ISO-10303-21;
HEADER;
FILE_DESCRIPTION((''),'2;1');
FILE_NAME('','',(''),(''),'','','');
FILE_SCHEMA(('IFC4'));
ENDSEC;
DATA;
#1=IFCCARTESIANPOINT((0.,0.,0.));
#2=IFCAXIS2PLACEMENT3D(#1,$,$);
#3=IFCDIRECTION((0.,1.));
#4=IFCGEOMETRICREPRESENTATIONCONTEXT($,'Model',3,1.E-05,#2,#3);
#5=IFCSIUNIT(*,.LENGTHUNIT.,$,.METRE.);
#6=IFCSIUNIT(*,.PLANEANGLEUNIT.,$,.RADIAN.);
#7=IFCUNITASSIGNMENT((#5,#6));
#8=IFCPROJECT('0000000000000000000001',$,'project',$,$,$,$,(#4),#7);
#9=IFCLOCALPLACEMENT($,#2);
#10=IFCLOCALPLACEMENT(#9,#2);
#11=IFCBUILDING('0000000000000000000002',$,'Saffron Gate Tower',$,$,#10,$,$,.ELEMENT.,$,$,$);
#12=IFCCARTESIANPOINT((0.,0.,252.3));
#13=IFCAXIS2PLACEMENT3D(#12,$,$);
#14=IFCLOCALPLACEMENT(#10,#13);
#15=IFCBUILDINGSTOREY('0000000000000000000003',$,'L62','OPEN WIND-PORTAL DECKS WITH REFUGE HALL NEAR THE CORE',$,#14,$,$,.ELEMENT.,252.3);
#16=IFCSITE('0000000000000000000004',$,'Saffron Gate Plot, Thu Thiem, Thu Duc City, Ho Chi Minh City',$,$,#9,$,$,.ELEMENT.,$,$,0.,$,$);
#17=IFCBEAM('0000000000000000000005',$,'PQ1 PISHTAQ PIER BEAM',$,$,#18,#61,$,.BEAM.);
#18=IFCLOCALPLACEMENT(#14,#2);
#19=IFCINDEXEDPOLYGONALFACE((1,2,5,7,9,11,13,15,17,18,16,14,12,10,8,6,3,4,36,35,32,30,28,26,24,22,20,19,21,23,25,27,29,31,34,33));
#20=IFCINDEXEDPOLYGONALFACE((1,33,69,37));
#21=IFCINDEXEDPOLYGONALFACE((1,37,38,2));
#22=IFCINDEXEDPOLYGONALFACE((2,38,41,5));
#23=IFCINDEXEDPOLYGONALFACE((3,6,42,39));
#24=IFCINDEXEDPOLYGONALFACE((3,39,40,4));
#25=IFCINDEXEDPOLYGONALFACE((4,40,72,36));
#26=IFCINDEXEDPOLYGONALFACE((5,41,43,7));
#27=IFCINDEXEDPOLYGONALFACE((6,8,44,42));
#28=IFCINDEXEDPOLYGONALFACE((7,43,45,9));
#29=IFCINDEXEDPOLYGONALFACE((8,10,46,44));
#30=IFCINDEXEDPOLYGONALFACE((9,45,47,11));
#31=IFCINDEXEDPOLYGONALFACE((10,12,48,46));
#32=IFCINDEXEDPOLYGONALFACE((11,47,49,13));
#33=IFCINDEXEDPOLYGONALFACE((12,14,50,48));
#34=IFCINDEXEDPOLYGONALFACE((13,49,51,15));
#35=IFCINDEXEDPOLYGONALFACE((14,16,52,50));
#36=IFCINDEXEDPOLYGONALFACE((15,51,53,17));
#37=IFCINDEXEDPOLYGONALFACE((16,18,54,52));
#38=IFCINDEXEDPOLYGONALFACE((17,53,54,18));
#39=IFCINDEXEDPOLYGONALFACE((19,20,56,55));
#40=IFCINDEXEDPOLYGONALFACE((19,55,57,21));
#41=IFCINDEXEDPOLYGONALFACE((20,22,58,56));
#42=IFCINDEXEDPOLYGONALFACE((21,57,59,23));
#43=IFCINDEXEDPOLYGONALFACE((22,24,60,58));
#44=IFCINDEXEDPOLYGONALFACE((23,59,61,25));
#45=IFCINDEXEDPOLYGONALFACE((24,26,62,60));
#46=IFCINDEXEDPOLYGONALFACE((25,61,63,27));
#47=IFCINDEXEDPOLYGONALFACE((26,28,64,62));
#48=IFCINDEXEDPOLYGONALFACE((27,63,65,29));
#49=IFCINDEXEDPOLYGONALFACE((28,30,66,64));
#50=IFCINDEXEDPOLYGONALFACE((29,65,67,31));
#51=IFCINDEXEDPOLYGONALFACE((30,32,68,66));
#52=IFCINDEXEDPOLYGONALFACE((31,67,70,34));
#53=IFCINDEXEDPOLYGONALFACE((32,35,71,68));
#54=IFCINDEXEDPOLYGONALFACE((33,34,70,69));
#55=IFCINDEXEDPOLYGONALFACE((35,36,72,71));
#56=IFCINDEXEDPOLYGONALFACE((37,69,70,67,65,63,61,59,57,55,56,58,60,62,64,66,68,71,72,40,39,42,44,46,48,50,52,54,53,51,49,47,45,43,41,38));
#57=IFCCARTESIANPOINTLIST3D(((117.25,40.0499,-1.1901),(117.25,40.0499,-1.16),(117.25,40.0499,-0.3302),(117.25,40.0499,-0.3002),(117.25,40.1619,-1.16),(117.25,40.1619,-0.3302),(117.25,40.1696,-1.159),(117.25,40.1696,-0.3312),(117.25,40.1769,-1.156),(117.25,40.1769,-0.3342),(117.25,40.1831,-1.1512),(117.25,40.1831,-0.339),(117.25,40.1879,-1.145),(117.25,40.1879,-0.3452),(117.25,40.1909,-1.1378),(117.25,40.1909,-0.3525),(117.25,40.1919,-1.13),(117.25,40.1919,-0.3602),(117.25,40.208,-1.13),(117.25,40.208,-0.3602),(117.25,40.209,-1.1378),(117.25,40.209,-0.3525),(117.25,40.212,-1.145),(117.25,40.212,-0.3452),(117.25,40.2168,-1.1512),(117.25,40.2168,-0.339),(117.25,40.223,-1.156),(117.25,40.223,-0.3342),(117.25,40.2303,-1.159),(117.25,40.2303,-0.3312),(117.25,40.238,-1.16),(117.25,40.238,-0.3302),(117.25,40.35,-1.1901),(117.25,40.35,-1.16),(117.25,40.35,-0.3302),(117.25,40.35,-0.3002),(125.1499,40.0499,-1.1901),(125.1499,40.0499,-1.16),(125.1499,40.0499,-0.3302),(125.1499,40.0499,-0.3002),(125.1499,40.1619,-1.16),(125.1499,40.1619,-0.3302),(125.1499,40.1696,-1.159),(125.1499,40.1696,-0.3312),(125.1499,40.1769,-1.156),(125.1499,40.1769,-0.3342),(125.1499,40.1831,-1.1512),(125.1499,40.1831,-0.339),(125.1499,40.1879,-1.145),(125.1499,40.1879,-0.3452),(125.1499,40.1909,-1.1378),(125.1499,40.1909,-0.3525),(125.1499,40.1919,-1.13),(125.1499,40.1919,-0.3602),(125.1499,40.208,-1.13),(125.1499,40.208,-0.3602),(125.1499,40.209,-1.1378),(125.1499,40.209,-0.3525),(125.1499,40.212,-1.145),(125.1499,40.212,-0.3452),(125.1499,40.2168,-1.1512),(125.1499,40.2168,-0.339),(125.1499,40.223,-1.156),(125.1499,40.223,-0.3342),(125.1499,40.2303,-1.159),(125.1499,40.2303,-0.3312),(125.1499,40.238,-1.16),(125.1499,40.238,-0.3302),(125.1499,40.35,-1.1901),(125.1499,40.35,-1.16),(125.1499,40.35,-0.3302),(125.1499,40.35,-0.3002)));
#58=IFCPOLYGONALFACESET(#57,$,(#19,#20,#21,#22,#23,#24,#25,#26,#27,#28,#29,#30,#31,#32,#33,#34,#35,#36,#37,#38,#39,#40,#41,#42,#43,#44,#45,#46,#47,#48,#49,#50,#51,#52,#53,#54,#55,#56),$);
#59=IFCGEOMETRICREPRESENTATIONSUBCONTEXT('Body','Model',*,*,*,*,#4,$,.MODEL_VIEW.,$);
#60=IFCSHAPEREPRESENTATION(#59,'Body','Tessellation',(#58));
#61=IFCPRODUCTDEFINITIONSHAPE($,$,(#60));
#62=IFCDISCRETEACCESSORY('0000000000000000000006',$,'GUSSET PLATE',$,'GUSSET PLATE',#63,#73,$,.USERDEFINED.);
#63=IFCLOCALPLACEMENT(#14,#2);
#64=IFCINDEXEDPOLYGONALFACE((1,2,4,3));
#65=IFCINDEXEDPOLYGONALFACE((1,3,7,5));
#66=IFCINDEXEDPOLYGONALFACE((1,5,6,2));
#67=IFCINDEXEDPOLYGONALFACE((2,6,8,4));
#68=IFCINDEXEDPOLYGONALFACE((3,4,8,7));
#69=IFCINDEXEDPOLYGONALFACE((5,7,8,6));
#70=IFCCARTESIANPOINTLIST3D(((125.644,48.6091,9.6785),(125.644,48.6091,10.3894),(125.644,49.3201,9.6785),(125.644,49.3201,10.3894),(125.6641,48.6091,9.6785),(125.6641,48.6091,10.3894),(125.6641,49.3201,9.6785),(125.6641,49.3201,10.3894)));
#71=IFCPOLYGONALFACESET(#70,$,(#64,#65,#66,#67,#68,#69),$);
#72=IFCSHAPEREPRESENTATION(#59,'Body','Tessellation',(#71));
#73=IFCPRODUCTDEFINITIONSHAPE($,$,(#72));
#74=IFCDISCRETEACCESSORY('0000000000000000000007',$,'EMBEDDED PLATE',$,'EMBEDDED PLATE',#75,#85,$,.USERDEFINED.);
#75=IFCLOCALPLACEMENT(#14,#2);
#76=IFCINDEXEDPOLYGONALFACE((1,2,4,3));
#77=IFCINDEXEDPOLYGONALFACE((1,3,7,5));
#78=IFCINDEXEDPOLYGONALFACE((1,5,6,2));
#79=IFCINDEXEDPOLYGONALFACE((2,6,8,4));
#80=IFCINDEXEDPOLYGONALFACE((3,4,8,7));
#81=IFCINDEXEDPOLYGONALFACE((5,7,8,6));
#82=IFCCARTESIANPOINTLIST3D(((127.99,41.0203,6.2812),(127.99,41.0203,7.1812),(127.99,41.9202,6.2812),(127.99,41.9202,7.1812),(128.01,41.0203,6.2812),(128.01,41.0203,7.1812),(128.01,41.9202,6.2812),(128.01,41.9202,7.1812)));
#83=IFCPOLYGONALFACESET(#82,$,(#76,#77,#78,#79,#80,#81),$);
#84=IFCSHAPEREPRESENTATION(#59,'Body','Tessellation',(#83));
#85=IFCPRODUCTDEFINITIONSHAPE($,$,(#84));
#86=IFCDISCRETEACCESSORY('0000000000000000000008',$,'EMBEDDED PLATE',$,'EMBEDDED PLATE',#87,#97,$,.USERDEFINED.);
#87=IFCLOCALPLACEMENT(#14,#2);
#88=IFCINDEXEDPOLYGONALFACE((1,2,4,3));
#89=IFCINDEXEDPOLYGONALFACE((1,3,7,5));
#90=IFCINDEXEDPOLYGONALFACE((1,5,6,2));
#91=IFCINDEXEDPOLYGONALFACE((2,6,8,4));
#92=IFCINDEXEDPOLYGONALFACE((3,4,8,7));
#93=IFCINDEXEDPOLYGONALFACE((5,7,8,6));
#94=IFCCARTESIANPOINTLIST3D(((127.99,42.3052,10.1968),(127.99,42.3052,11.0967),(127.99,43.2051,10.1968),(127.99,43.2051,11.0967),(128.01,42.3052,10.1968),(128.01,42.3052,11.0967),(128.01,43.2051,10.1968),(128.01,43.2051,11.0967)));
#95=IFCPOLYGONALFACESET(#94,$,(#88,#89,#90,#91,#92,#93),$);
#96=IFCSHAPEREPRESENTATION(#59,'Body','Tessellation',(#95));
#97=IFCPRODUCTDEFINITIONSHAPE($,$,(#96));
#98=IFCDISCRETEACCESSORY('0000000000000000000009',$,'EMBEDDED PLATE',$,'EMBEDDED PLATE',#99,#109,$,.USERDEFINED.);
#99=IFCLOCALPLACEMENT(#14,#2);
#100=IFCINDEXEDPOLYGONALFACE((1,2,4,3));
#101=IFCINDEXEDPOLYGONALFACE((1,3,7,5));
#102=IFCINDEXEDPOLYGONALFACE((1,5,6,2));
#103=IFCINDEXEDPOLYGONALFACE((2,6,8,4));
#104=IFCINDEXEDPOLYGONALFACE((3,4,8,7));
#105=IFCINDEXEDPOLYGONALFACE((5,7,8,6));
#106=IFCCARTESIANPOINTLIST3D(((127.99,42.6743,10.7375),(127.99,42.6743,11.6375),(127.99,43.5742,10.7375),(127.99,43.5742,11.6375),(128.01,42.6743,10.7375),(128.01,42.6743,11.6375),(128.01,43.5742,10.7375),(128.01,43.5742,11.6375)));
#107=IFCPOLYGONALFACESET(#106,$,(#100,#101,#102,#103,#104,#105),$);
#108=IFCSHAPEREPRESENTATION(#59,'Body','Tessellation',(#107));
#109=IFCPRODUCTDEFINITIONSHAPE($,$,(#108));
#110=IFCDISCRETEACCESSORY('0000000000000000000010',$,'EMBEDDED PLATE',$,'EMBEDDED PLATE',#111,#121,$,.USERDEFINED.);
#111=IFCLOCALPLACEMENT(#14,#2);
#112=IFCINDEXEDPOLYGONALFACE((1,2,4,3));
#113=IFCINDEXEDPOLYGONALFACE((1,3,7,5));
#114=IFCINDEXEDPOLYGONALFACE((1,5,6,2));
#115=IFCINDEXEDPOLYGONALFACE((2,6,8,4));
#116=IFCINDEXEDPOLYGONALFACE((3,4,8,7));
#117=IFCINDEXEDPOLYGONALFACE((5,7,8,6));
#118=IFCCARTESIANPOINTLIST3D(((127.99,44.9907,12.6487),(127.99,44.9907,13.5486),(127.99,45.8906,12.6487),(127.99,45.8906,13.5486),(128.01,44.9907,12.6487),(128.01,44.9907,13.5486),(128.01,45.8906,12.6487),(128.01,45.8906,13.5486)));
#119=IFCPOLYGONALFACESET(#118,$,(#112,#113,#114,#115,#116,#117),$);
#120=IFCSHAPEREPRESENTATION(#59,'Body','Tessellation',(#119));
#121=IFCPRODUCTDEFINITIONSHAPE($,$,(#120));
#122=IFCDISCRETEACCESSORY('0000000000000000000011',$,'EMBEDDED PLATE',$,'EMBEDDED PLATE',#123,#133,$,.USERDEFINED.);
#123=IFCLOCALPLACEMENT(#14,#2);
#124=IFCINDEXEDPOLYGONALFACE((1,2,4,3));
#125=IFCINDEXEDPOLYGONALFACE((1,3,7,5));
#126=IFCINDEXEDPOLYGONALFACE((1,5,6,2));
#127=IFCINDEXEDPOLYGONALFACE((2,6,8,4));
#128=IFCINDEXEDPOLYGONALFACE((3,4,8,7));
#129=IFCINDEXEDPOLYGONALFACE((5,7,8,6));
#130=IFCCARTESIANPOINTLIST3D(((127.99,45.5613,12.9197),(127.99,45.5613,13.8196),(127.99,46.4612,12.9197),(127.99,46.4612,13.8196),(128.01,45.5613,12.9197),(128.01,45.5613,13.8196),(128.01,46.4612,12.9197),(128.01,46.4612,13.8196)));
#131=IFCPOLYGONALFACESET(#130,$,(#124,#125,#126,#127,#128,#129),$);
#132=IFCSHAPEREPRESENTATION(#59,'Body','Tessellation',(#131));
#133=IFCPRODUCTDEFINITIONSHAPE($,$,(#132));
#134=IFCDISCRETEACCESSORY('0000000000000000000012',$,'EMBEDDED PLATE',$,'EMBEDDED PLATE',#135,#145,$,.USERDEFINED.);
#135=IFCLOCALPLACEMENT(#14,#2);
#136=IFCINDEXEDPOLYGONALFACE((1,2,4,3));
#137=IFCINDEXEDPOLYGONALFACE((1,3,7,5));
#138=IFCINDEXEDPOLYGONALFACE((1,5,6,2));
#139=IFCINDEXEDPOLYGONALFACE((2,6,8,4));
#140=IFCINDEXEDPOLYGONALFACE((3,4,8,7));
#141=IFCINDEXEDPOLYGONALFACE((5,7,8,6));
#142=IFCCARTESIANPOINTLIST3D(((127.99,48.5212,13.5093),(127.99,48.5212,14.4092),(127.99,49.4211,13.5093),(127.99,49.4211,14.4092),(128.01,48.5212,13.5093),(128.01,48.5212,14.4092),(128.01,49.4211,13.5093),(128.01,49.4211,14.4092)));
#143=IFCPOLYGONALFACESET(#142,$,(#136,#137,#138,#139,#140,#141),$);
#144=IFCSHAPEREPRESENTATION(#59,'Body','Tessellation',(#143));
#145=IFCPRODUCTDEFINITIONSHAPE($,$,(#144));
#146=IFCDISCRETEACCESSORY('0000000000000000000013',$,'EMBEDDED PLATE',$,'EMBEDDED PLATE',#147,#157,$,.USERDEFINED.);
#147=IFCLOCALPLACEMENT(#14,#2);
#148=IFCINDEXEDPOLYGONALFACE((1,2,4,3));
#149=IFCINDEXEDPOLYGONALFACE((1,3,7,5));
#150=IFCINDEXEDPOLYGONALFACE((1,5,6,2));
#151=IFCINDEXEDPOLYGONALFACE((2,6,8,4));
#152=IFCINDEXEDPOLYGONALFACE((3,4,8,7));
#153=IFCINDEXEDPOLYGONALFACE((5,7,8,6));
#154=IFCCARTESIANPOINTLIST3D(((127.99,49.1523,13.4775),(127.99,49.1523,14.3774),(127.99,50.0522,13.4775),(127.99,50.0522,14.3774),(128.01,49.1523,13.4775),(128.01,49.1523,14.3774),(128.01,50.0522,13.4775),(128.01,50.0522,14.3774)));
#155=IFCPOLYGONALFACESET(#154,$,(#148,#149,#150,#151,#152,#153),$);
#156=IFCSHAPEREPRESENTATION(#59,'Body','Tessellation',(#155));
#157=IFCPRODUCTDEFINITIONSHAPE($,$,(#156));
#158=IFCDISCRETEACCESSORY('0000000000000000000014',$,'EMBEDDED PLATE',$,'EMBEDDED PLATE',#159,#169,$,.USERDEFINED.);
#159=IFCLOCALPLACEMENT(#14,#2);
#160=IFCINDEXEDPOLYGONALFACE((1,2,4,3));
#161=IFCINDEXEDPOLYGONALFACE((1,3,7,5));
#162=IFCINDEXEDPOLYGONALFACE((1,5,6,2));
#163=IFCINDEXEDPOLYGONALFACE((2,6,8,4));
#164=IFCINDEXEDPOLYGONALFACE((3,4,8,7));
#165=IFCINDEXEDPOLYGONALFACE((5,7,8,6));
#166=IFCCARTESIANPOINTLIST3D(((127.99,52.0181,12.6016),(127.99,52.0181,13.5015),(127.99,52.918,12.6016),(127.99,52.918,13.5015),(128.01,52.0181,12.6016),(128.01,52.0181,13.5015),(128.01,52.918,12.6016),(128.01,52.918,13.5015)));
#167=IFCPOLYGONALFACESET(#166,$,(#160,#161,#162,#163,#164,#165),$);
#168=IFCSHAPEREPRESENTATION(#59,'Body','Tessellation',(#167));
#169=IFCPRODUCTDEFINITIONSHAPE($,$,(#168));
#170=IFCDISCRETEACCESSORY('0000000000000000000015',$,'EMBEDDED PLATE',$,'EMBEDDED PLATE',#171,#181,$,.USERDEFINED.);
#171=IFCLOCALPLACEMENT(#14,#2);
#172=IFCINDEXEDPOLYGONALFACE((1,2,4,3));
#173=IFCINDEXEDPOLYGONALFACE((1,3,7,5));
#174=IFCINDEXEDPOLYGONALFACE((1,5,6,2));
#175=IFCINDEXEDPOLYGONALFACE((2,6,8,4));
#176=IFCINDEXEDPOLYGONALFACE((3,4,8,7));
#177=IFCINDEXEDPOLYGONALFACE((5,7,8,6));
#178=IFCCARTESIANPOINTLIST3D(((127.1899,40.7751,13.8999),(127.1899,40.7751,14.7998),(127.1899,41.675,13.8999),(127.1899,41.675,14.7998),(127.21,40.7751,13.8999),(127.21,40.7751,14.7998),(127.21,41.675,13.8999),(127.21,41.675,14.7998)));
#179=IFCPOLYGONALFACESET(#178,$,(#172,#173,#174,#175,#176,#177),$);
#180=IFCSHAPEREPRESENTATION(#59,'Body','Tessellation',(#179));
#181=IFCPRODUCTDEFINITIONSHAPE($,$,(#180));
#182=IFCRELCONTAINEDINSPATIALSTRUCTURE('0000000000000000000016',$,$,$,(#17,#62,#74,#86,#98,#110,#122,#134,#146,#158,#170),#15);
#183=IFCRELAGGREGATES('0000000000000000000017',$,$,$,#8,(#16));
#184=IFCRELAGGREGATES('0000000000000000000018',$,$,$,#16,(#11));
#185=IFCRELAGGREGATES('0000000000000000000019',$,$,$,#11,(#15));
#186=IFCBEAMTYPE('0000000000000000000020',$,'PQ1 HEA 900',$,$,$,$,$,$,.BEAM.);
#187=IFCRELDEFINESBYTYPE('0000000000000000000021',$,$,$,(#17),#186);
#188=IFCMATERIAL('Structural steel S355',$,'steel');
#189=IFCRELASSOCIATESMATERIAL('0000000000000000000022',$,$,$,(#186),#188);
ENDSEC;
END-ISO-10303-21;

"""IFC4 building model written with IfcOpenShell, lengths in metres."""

from ifc_helpers import new_model, si_unit, direction, frame, origin, origin_2d, place, context, subcontext, project, spatial, rectangle, i_section, extrude, material, material_profile, profile_set, type_object, element, save


model = new_model("IFC4")

# Units and contexts
model_context = context("Model", 3, precision=1e-05, world=origin(), true_north=direction((0.0, 1.0)))
body_context = subcontext(model_context, "Body", "Model", "MODEL_VIEW")
ifc_project = project(units=[si_unit("LENGTHUNIT", "METRE"), si_unit("PLANEANGLEUNIT", "RADIAN")], contexts=[model_context])

# Site, building, storey
site_placement = place(None, origin())
site = spatial("IfcSite", under=ifc_project, at=site_placement, Name="Saffron Gate Plot, Thu Thiem, Thu Duc City, Ho Chi Minh City", CompositionType="ELEMENT", RefElevation=0.0)
building_placement = place(site_placement, origin())
building = spatial("IfcBuilding", under=site, at=building_placement, Name="Saffron Gate Tower", CompositionType="ELEMENT")
storey_placement = place(building_placement, frame((0.0, 0.0, 252.3)))
storey = spatial("IfcBuildingStorey", under=building, at=storey_placement, Name="L62", Description="OPEN WIND-PORTAL DECKS WITH REFUGE HALL NEAR THE CORE", CompositionType="ELEMENT", Elevation=252.3)

# Shared definitions
ifc_material_1 = material(Name="Structural steel S355", Category="steel")

# Beam
ifc_material_profile_1 = material_profile(ifc_material_1, i_section(OverallWidth=0.3, OverallDepth=0.8899, WebThickness=0.0161, FlangeThickness=0.03, FilletRadius=0.03, at=origin_2d()))
ifc_profile_set_1 = profile_set([ifc_material_profile_1], Name="Structural steel S355")
beam_type_1 = type_object("IfcBeamType", Name="PQ1 HEA 900", PredefinedType="BEAM", material=ifc_profile_set_1)
beam_1_placement = place(storey_placement, frame((125.1499, 40.2, -0.7451), z_axis=(-1.0, 0.0, 0.0), x_axis=(0.0, -1.0, 0.0)))
element("IfcBeam", 1, at=beam_1_placement, inside=storey, type_object=beam_type_1, Name="PQ1 PISHTAQ PIER BEAM", PredefinedType="BEAM", context=body_context, shape_type="SweptSolid", body=[
    extrude(i_section(OverallWidth=0.3, OverallDepth=0.8899, WebThickness=0.0161, FlangeThickness=0.03, FilletRadius=0.03, at=origin_2d()), origin(), (0.0, 0.0, 1.0), 7.8999),
])

# Discrete accessories
discrete_accessory_placement = place(storey_placement, frame((125.6541, 48.9646, 9.6785), z_axis=(0.0, 0.0, 1.0), x_axis=(0.0, -1.0, 0.0)))
element("IfcDiscreteAccessory", 2, at=discrete_accessory_placement, inside=storey, Name="GUSSET PLATE", ObjectType="GUSSET PLATE", PredefinedType="USERDEFINED", context=body_context, shape_type="SweptSolid", body=[
    extrude(rectangle(XDim=0.7109, YDim=0.02, at=origin_2d()), origin(), (0.0, 0.0, 1.0), 0.7109),
])
for number, where, z_axis, x_axis, name in (
    (3, (128.0, 41.4702, 6.2812), (0.0, 0.0, 1.0), (0.0, 1.0, 0.0), "EMBEDDED PLATE"),
    (4, (128.0, 42.7551, 10.1968), (0.0, 0.0, 1.0), (0.0, 1.0, 0.0), "EMBEDDED PLATE"),
    (5, (128.0, 43.1243, 10.7375), (0.0, 0.0, 1.0), (0.0, 1.0, 0.0), "EMBEDDED PLATE"),
    (6, (128.0, 45.4407, 12.6487), (0.0, 0.0, 1.0), (0.0, 1.0, 0.0), "EMBEDDED PLATE"),
    (7, (128.0, 46.0112, 12.9197), (0.0, 0.0, 1.0), (0.0, 1.0, 0.0), "EMBEDDED PLATE"),
    (8, (128.0, 48.9712, 13.5093), (0.0, 0.0, 1.0), (0.0, 1.0, 0.0), "EMBEDDED PLATE"),
    (9, (128.0, 49.6023, 13.4775), (0.0, 0.0, 1.0), (0.0, 1.0, 0.0), "EMBEDDED PLATE"),
    (10, (128.0, 52.468, 12.6016), (0.0, 0.0, 1.0), (0.0, 1.0, 0.0), "EMBEDDED PLATE"),
    (11, (127.2, 41.2251, 13.8999), (0.0, 0.0, 1.0), (0.0, 1.0, 0.0), "EMBEDDED PLATE"),
):
    element("IfcDiscreteAccessory", number, at=place(storey_placement, frame(where, z_axis=z_axis, x_axis=x_axis)), inside=storey, Name=name, ObjectType="EMBEDDED PLATE", PredefinedType="USERDEFINED", context=body_context, shape_type="SweptSolid", body=[
        extrude(rectangle(XDim=0.8999, YDim=0.02, at=origin_2d()), origin(), (0.0, 0.0, 1.0), 0.8999),
    ])

save(model, "model.ifc")
